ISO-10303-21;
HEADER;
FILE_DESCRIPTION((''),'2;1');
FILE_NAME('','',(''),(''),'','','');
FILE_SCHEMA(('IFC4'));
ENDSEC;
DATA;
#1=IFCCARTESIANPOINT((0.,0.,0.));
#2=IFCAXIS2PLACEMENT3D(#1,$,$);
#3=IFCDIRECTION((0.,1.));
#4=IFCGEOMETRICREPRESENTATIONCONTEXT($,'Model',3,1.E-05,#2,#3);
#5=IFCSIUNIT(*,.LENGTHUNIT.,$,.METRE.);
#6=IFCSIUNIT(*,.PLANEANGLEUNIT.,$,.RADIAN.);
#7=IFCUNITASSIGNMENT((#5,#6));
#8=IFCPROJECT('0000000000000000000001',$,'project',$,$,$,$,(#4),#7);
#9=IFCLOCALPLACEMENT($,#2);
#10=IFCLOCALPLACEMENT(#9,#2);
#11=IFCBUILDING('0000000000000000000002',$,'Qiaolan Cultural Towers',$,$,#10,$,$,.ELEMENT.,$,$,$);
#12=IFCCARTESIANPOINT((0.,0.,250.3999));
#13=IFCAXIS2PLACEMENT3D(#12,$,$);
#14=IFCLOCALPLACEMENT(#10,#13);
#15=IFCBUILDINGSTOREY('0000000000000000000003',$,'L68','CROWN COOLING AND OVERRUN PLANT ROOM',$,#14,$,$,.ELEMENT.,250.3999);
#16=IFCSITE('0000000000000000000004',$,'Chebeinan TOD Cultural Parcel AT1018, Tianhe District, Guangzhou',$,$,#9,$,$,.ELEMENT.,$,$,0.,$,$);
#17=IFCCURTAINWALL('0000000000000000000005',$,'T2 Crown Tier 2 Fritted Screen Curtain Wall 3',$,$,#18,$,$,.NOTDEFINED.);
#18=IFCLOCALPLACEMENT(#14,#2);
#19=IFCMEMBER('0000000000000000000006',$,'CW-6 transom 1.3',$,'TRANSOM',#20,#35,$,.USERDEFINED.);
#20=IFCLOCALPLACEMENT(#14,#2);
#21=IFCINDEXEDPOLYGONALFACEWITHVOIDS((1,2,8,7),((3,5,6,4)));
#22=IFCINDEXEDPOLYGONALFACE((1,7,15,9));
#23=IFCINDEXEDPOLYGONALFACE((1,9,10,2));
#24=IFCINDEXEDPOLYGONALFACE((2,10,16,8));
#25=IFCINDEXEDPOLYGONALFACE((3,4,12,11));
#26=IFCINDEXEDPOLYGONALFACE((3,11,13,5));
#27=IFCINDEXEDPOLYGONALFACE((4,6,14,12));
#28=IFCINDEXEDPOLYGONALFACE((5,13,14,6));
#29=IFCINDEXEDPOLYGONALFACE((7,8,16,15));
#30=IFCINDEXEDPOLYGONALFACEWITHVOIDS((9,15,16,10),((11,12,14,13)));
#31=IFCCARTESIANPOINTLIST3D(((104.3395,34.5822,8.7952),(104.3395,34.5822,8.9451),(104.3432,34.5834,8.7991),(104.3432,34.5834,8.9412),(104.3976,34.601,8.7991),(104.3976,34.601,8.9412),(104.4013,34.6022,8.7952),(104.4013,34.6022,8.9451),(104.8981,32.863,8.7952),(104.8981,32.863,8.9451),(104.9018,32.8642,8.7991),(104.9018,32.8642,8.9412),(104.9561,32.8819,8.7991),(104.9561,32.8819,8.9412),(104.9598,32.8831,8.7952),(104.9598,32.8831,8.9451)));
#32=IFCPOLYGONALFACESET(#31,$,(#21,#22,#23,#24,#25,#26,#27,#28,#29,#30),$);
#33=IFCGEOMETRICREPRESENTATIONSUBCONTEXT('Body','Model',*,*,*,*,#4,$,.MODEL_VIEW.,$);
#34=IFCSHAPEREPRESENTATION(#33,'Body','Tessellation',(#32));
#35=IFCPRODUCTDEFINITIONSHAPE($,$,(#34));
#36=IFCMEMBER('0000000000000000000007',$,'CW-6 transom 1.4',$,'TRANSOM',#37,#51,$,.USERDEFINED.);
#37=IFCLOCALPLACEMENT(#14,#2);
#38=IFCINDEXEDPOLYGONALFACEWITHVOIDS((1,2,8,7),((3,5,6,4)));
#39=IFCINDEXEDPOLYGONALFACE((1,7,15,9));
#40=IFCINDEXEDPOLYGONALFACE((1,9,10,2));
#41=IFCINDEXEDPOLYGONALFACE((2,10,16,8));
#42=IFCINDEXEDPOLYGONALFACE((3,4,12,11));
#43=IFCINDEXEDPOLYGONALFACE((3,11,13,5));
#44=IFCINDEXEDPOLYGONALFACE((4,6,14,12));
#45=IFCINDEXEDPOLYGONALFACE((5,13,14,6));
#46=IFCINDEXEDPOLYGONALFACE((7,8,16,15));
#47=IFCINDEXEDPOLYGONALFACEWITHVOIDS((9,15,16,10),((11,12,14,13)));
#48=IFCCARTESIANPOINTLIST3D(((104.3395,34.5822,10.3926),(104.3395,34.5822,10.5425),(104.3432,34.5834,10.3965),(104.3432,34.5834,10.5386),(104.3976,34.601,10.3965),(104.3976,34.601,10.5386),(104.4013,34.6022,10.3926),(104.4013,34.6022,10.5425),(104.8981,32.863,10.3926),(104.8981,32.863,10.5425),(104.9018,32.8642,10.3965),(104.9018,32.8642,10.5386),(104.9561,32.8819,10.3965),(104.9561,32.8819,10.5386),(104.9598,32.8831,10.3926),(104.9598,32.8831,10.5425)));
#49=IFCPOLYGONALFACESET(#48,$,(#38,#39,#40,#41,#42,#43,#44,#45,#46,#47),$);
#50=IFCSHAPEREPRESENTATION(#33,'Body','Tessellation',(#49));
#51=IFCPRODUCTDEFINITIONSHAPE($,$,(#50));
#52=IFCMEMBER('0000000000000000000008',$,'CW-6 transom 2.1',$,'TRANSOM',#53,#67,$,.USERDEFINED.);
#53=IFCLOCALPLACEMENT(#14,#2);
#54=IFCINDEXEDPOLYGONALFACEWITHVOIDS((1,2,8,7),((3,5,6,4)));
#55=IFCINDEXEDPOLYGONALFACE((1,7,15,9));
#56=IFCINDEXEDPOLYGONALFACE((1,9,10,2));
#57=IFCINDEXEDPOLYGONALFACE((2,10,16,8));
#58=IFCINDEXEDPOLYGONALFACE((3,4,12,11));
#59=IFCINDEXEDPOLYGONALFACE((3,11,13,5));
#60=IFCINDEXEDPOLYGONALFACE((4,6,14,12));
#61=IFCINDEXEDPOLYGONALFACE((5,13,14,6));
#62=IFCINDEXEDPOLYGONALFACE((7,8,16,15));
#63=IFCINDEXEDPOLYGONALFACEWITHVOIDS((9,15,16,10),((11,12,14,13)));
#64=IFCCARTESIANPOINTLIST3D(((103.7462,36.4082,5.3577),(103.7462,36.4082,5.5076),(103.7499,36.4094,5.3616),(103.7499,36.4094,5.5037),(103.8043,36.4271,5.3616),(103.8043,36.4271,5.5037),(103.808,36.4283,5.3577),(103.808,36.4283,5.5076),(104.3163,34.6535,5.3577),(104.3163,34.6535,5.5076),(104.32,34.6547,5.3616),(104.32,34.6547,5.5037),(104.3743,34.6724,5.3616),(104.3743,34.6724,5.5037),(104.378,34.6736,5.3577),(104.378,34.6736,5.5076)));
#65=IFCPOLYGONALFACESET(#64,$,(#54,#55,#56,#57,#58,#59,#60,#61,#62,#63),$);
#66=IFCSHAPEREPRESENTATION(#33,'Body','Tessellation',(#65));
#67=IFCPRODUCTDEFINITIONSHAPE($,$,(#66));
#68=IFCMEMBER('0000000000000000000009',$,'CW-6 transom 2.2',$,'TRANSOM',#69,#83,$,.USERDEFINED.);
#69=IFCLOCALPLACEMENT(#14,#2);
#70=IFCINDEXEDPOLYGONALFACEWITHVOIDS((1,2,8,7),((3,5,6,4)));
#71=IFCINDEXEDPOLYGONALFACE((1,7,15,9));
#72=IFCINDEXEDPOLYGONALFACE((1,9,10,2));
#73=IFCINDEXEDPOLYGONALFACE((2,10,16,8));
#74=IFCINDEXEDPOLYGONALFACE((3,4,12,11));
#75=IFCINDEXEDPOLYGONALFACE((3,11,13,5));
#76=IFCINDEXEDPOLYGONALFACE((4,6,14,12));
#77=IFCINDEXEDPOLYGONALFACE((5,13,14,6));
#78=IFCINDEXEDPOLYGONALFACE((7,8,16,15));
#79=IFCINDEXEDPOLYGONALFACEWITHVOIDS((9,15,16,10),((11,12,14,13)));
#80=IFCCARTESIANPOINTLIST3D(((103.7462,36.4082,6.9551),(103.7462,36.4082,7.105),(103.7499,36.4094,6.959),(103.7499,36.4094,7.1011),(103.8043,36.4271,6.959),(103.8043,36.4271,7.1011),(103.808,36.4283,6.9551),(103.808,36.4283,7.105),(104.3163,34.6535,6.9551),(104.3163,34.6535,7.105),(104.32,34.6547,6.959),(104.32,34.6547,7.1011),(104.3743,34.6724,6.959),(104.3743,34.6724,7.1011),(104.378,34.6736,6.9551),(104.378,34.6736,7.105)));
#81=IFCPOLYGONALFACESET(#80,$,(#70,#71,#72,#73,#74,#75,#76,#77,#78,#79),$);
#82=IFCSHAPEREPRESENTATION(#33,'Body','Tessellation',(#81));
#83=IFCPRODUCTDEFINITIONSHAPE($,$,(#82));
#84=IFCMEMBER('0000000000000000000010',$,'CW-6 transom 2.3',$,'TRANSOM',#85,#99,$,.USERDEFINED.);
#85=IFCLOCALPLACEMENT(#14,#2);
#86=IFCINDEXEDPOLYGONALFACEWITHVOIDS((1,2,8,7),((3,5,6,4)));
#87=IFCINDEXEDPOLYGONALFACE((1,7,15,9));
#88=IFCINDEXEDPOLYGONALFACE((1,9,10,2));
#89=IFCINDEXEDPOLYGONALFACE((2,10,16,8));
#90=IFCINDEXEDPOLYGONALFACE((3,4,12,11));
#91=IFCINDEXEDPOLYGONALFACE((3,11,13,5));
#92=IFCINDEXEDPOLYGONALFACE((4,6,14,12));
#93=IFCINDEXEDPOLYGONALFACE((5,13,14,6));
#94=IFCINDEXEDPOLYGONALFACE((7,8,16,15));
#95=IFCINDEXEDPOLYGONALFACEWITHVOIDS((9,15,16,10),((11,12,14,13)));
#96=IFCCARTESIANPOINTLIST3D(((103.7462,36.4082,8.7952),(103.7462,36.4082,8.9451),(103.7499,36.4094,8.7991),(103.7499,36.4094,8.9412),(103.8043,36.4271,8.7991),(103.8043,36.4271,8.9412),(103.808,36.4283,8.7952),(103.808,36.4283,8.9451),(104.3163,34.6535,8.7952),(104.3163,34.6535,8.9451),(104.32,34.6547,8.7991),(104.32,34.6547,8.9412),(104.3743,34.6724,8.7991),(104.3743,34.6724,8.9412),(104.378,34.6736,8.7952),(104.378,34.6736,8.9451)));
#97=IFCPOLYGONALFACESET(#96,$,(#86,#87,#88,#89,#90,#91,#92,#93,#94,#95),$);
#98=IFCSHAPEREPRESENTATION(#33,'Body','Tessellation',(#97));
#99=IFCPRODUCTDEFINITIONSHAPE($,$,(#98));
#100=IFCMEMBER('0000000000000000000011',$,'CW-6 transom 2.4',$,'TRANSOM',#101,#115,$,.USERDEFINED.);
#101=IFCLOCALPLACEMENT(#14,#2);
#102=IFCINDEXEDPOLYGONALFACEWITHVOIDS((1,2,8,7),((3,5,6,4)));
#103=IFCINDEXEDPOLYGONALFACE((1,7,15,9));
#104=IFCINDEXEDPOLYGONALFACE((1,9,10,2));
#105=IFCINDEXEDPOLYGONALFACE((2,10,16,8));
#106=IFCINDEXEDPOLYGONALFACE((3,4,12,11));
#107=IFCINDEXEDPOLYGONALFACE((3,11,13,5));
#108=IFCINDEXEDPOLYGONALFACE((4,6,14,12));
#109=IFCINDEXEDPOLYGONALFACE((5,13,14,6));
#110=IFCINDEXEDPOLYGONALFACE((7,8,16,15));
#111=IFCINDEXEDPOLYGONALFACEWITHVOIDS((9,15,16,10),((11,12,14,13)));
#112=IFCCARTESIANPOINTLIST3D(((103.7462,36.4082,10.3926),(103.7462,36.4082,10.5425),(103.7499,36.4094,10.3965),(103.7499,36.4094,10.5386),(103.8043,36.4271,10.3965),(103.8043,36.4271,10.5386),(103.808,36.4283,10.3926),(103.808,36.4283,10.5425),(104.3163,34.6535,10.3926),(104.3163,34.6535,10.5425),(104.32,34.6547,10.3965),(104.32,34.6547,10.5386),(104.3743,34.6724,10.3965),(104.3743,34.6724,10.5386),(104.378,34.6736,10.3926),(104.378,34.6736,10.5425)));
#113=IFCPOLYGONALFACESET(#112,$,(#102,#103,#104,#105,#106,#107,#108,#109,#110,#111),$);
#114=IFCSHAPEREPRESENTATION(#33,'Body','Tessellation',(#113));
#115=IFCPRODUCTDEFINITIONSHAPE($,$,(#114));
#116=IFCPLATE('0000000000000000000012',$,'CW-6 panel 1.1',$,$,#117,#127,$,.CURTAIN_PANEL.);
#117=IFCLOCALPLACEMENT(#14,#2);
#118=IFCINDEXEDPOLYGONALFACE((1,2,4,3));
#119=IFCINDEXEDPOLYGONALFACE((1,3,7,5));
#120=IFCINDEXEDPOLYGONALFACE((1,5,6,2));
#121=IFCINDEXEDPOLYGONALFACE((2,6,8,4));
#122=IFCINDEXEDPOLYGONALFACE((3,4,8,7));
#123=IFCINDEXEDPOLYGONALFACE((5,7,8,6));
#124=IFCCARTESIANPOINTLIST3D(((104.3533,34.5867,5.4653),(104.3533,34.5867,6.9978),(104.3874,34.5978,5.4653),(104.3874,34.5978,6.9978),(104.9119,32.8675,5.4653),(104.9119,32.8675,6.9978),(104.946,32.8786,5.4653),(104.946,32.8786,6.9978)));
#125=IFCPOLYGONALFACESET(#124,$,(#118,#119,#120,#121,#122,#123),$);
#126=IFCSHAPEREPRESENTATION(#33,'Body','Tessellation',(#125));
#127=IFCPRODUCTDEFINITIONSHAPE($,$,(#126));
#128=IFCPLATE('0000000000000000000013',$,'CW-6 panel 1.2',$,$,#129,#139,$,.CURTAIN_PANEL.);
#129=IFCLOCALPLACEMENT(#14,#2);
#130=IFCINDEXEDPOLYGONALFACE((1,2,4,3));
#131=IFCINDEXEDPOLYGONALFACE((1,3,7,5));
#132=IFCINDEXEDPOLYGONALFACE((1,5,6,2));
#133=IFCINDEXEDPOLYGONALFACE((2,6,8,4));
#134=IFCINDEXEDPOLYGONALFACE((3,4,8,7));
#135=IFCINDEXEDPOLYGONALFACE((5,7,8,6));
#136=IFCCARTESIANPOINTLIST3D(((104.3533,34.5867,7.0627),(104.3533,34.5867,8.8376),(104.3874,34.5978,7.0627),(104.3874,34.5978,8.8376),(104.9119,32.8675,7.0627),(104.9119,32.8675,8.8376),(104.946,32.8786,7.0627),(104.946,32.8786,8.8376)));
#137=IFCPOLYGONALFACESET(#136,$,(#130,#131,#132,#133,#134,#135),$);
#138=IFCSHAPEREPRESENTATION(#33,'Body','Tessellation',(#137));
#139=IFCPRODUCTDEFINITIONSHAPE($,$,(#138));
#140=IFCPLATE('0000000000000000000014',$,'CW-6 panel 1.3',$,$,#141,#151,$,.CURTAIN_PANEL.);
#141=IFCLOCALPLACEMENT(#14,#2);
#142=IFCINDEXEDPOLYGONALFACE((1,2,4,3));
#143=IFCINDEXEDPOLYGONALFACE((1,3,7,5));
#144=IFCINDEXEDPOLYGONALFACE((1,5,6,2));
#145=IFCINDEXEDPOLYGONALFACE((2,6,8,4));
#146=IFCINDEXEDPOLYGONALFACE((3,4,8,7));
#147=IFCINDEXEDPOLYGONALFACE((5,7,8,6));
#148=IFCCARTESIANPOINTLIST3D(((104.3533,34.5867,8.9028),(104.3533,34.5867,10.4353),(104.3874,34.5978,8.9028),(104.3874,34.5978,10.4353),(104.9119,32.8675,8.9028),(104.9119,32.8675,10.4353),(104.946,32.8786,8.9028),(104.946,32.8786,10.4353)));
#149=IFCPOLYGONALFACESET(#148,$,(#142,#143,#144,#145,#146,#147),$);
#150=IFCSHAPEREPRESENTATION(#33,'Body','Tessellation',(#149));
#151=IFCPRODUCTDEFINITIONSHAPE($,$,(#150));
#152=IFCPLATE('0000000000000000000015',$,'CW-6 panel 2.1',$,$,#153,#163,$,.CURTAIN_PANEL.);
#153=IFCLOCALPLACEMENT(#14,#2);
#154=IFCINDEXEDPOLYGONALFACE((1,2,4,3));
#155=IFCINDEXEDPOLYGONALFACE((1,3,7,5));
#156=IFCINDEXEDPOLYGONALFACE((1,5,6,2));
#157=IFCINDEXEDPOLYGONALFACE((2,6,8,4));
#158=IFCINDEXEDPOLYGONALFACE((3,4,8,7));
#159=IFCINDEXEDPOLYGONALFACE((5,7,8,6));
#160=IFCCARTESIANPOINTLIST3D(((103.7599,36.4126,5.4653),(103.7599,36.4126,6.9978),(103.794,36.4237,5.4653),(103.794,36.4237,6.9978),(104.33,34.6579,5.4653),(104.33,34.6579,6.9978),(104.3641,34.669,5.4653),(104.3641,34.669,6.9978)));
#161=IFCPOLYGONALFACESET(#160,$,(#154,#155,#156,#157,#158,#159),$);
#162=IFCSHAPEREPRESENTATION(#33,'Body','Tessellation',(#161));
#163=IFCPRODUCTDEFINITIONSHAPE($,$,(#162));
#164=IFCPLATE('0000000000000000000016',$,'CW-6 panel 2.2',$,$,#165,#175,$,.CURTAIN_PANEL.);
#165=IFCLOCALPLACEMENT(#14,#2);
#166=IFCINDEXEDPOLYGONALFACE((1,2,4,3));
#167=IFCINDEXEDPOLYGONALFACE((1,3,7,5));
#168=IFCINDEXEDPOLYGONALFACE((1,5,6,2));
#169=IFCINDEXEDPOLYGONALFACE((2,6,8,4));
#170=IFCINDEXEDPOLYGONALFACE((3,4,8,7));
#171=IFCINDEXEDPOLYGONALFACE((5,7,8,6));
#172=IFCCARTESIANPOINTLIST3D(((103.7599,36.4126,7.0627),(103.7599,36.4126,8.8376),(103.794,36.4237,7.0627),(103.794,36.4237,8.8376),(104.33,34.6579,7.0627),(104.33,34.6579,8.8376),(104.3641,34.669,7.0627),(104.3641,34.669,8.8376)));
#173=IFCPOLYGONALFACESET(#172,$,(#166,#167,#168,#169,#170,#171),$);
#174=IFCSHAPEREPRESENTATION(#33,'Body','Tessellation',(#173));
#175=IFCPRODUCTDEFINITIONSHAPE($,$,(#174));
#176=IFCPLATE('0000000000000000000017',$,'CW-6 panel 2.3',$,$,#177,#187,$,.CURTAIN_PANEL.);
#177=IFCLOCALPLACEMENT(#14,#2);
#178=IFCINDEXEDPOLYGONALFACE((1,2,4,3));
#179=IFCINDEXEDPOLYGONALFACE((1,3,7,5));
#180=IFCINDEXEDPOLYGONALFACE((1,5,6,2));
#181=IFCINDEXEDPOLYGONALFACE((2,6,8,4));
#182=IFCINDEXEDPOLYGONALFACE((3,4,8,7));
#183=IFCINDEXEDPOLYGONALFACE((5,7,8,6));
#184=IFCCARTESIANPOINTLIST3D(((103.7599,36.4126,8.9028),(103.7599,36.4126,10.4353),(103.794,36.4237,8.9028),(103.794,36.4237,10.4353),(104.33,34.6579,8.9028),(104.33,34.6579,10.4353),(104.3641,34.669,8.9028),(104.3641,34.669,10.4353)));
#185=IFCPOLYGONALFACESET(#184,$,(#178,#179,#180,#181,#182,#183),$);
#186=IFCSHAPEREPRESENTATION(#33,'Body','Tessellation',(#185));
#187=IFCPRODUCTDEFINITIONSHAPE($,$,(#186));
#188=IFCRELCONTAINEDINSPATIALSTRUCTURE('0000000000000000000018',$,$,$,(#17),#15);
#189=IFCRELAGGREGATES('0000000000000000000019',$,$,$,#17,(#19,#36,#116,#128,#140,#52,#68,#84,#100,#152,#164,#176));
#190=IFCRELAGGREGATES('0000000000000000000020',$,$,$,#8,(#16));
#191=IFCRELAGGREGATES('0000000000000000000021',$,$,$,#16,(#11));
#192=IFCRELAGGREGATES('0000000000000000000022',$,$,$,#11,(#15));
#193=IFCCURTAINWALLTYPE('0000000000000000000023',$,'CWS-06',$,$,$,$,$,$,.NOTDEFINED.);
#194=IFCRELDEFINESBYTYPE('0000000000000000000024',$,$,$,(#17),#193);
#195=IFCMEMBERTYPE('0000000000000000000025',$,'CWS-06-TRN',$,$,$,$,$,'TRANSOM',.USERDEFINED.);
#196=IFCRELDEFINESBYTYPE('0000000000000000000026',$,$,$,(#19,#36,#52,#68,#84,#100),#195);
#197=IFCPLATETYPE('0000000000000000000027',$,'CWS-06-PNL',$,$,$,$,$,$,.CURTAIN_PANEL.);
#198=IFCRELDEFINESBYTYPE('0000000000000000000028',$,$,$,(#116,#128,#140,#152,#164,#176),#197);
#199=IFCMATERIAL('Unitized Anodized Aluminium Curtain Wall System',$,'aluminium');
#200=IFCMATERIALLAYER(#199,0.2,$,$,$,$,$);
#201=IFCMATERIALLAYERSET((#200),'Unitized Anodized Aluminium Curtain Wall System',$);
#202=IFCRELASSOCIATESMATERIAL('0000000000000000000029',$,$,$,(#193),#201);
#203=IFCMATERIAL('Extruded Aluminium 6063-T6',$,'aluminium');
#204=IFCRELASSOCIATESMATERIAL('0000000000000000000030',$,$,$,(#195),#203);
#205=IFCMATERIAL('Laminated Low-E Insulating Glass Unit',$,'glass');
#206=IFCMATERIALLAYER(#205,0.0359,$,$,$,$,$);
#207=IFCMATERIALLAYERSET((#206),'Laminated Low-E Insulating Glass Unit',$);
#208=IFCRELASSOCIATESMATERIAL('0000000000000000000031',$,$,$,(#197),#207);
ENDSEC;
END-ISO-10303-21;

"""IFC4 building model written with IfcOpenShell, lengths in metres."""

from ifc_helpers import new_model, si_unit, direction, frame, origin, origin_2d, place, context, subcontext, project, spatial, rectangle, hollow_rectangle, extrude, material, layer, layer_set, material_profile, profile_set, type_object, element, aggregate, save


model = new_model("IFC4")

# Units and contexts
model_context = context("Model", 3, precision=1e-05, world=origin(), true_north=direction((0.0, 1.0)))
body_context = subcontext(model_context, "Body", "Model", "MODEL_VIEW")
ifc_project = project(units=[si_unit("LENGTHUNIT", "METRE"), si_unit("PLANEANGLEUNIT", "RADIAN")], contexts=[model_context])

# Site, building, storey
site_placement = place(None, origin())
site = spatial("IfcSite", under=ifc_project, at=site_placement, Name="Chebeinan TOD Cultural Parcel AT1018, Tianhe District, Guangzhou", CompositionType="ELEMENT", RefElevation=0.0)
building_placement = place(site_placement, origin())
building = spatial("IfcBuilding", under=site, at=building_placement, Name="Qiaolan Cultural Towers", CompositionType="ELEMENT")
storey_placement = place(building_placement, frame((0.0, 0.0, 250.3999)))
storey = spatial("IfcBuildingStorey", under=building, at=storey_placement, Name="L68", Description="CROWN COOLING AND OVERRUN PLANT ROOM", CompositionType="ELEMENT", Elevation=250.3999)

# Curtain wall, members, plates
ifc_material_1 = material(Name="Unitized Anodized Aluminium Curtain Wall System", Category="aluminium")
ifc_layer_1 = layer(ifc_material_1, 0.2)
ifc_layer_set_1 = layer_set([ifc_layer_1], Name="Unitized Anodized Aluminium Curtain Wall System")
curtain_wall_type = type_object("IfcCurtainWallType", Name="CWS-06", PredefinedType="NOTDEFINED", material=ifc_layer_set_1)
curtain_wall_placement = place(storey_placement, origin())
curtain_wall = element("IfcCurtainWall", 1, at=curtain_wall_placement, inside=storey, type_object=curtain_wall_type, Name="T2 Crown Tier 2 Fritted Screen Curtain Wall 3", PredefinedType="NOTDEFINED")
ifc_material_2 = material(Name="Extruded Aluminium 6063-T6", Category="aluminium")
ifc_material_profile_1 = material_profile(ifc_material_2, hollow_rectangle(XDim=0.0649, YDim=0.1499, WallThickness=0.0039, at=origin_2d()), Name="CWT-150x65x4")
ifc_profile_set_1 = profile_set([ifc_material_profile_1], Name="Extruded Aluminium 6063-T6")
member_type_1 = type_object("IfcMemberType", Name="CWS-06-TRN", ElementType="TRANSOM", PredefinedType="USERDEFINED", material=ifc_profile_set_1)
member_1_placement = place(storey_placement, frame((104.929, 32.873, 8.8701), z_axis=(-0.309007, 0.95106, 0.0), x_axis=(-0.95106, -0.309007, 0.0)))
member_1 = element("IfcMember", 2, at=member_1_placement, type_object=member_type_1, Name="CW-6 transom 1.3", ObjectType="TRANSOM", PredefinedType="USERDEFINED", context=body_context, shape_type="SweptSolid", body=[
    extrude(hollow_rectangle(XDim=0.0649, YDim=0.1499, WallThickness=0.0039, at=origin_2d()), origin(), (0.0, 0.0, 1.0), 1.8076),
])
member_2_placement = place(storey_placement, frame((104.929, 32.873, 10.4675), z_axis=(-0.309007, 0.95106, 0.0), x_axis=(-0.95106, -0.309007, 0.0)))
member_2 = element("IfcMember", 3, at=member_2_placement, type_object=member_type_1, Name="CW-6 transom 1.4", ObjectType="TRANSOM", PredefinedType="USERDEFINED", context=body_context, shape_type="SweptSolid", body=[
    extrude(hollow_rectangle(XDim=0.0649, YDim=0.1499, WallThickness=0.0039, at=origin_2d()), origin(), (0.0, 0.0, 1.0), 1.8076),
])
member_3_placement = place(storey_placement, frame((104.3472, 34.6636, 5.4326), z_axis=(-0.308993, 0.951064, 0.0), x_axis=(-0.951064, -0.308993, 0.0)))
member_3 = element("IfcMember", 4, at=member_3_placement, type_object=member_type_1, Name="CW-6 transom 2.1", ObjectType="TRANSOM", PredefinedType="USERDEFINED", context=body_context, shape_type="SweptSolid", body=[
    extrude(hollow_rectangle(XDim=0.0649, YDim=0.1499, WallThickness=0.0039, at=origin_2d()), origin(), (0.0, 0.0, 1.0), 1.845),
])
member_4_placement = place(storey_placement, frame((104.3472, 34.6636, 7.03), z_axis=(-0.308993, 0.951064, 0.0), x_axis=(-0.951064, -0.308993, 0.0)))
member_4 = element("IfcMember", 5, at=member_4_placement, type_object=member_type_1, Name="CW-6 transom 2.2", ObjectType="TRANSOM", PredefinedType="USERDEFINED", context=body_context, shape_type="SweptSolid", body=[
    extrude(hollow_rectangle(XDim=0.0649, YDim=0.1499, WallThickness=0.0039, at=origin_2d()), origin(), (0.0, 0.0, 1.0), 1.845),
])
member_5_placement = place(storey_placement, frame((104.3472, 34.6636, 8.8701), z_axis=(-0.308993, 0.951064, 0.0), x_axis=(-0.951064, -0.308993, 0.0)))
member_5 = element("IfcMember", 6, at=member_5_placement, type_object=member_type_1, Name="CW-6 transom 2.3", ObjectType="TRANSOM", PredefinedType="USERDEFINED", context=body_context, shape_type="SweptSolid", body=[
    extrude(hollow_rectangle(XDim=0.0649, YDim=0.1499, WallThickness=0.0039, at=origin_2d()), origin(), (0.0, 0.0, 1.0), 1.845),
])
member_6_placement = place(storey_placement, frame((104.3472, 34.6636, 10.4675), z_axis=(-0.308993, 0.951064, 0.0), x_axis=(-0.951064, -0.308993, 0.0)))
member_6 = element("IfcMember", 7, at=member_6_placement, type_object=member_type_1, Name="CW-6 transom 2.4", ObjectType="TRANSOM", PredefinedType="USERDEFINED", context=body_context, shape_type="SweptSolid", body=[
    extrude(hollow_rectangle(XDim=0.0649, YDim=0.1499, WallThickness=0.0039, at=origin_2d()), origin(), (0.0, 0.0, 1.0), 1.845),
])
ifc_material_3 = material(Name="Laminated Low-E Insulating Glass Unit", Category="glass")
ifc_layer_2 = layer(ifc_material_3, 0.0359)
ifc_layer_set_2 = layer_set([ifc_layer_2], Name="Laminated Low-E Insulating Glass Unit")
plate_type = type_object("IfcPlateType", Name="CWS-06-PNL", PredefinedType="CURTAIN_PANEL", material=ifc_layer_set_2)
plate_1_placement = place(storey_placement, frame((104.6497, 33.7327, 5.4653), z_axis=(0.0, 0.0, 1.0), x_axis=(-0.309017, 0.951057, 0.0)))
plate_1 = element("IfcPlate", 8, at=plate_1_placement, type_object=plate_type, Name="CW-6 panel 1.1", PredefinedType="CURTAIN_PANEL", context=body_context, shape_type="SweptSolid", body=[
    extrude(rectangle(XDim=1.8076, YDim=0.0359, at=origin_2d()), origin(), (0.0, 0.0, 1.0), 1.5325),
])
plate_2_placement = place(storey_placement, frame((104.6497, 33.7327, 7.0627), z_axis=(0.0, 0.0, 1.0), x_axis=(-0.309017, 0.951057, 0.0)))
plate_2 = element("IfcPlate", 9, at=plate_2_placement, type_object=plate_type, Name="CW-6 panel 1.2", PredefinedType="CURTAIN_PANEL", context=body_context, shape_type="SweptSolid", body=[
    extrude(rectangle(XDim=1.8076, YDim=0.0359, at=origin_2d()), origin(), (0.0, 0.0, 1.0), 1.7749),
])
plate_3_placement = place(storey_placement, frame((104.6497, 33.7327, 8.9028), z_axis=(0.0, 0.0, 1.0), x_axis=(-0.309017, 0.951057, 0.0)))
plate_3 = element("IfcPlate", 10, at=plate_3_placement, type_object=plate_type, Name="CW-6 panel 1.3", PredefinedType="CURTAIN_PANEL", context=body_context, shape_type="SweptSolid", body=[
    extrude(rectangle(XDim=1.8076, YDim=0.0359, at=origin_2d()), origin(), (0.0, 0.0, 1.0), 1.5325),
])
plate_4_placement = place(storey_placement, frame((104.062, 35.5408, 5.4653), z_axis=(0.0, 0.0, 1.0), x_axis=(-0.309017, 0.951057, 0.0)))
plate_4 = element("IfcPlate", 11, at=plate_4_placement, type_object=plate_type, Name="CW-6 panel 2.1", PredefinedType="CURTAIN_PANEL", context=body_context, shape_type="SweptSolid", body=[
    extrude(rectangle(XDim=1.845, YDim=0.0359, at=origin_2d()), origin(), (0.0, 0.0, 1.0), 1.5325),
])
plate_5_placement = place(storey_placement, frame((104.062, 35.5408, 7.0627), z_axis=(0.0, 0.0, 1.0), x_axis=(-0.309017, 0.951057, 0.0)))
plate_5 = element("IfcPlate", 12, at=plate_5_placement, type_object=plate_type, Name="CW-6 panel 2.2", PredefinedType="CURTAIN_PANEL", context=body_context, shape_type="SweptSolid", body=[
    extrude(rectangle(XDim=1.845, YDim=0.0359, at=origin_2d()), origin(), (0.0, 0.0, 1.0), 1.7749),
])
plate_6_placement = place(storey_placement, frame((104.062, 35.5408, 8.9028), z_axis=(0.0, 0.0, 1.0), x_axis=(-0.309017, 0.951057, 0.0)))
plate_6 = element("IfcPlate", 13, at=plate_6_placement, type_object=plate_type, Name="CW-6 panel 2.3", PredefinedType="CURTAIN_PANEL", context=body_context, shape_type="SweptSolid", body=[
    extrude(rectangle(XDim=1.845, YDim=0.0359, at=origin_2d()), origin(), (0.0, 0.0, 1.0), 1.5325),
])
aggregate(curtain_wall, [member_1, member_2, plate_1, plate_2, plate_3, member_3, member_4, member_5, member_6, plate_4, plate_5, plate_6])

save(model, "model.ifc")
